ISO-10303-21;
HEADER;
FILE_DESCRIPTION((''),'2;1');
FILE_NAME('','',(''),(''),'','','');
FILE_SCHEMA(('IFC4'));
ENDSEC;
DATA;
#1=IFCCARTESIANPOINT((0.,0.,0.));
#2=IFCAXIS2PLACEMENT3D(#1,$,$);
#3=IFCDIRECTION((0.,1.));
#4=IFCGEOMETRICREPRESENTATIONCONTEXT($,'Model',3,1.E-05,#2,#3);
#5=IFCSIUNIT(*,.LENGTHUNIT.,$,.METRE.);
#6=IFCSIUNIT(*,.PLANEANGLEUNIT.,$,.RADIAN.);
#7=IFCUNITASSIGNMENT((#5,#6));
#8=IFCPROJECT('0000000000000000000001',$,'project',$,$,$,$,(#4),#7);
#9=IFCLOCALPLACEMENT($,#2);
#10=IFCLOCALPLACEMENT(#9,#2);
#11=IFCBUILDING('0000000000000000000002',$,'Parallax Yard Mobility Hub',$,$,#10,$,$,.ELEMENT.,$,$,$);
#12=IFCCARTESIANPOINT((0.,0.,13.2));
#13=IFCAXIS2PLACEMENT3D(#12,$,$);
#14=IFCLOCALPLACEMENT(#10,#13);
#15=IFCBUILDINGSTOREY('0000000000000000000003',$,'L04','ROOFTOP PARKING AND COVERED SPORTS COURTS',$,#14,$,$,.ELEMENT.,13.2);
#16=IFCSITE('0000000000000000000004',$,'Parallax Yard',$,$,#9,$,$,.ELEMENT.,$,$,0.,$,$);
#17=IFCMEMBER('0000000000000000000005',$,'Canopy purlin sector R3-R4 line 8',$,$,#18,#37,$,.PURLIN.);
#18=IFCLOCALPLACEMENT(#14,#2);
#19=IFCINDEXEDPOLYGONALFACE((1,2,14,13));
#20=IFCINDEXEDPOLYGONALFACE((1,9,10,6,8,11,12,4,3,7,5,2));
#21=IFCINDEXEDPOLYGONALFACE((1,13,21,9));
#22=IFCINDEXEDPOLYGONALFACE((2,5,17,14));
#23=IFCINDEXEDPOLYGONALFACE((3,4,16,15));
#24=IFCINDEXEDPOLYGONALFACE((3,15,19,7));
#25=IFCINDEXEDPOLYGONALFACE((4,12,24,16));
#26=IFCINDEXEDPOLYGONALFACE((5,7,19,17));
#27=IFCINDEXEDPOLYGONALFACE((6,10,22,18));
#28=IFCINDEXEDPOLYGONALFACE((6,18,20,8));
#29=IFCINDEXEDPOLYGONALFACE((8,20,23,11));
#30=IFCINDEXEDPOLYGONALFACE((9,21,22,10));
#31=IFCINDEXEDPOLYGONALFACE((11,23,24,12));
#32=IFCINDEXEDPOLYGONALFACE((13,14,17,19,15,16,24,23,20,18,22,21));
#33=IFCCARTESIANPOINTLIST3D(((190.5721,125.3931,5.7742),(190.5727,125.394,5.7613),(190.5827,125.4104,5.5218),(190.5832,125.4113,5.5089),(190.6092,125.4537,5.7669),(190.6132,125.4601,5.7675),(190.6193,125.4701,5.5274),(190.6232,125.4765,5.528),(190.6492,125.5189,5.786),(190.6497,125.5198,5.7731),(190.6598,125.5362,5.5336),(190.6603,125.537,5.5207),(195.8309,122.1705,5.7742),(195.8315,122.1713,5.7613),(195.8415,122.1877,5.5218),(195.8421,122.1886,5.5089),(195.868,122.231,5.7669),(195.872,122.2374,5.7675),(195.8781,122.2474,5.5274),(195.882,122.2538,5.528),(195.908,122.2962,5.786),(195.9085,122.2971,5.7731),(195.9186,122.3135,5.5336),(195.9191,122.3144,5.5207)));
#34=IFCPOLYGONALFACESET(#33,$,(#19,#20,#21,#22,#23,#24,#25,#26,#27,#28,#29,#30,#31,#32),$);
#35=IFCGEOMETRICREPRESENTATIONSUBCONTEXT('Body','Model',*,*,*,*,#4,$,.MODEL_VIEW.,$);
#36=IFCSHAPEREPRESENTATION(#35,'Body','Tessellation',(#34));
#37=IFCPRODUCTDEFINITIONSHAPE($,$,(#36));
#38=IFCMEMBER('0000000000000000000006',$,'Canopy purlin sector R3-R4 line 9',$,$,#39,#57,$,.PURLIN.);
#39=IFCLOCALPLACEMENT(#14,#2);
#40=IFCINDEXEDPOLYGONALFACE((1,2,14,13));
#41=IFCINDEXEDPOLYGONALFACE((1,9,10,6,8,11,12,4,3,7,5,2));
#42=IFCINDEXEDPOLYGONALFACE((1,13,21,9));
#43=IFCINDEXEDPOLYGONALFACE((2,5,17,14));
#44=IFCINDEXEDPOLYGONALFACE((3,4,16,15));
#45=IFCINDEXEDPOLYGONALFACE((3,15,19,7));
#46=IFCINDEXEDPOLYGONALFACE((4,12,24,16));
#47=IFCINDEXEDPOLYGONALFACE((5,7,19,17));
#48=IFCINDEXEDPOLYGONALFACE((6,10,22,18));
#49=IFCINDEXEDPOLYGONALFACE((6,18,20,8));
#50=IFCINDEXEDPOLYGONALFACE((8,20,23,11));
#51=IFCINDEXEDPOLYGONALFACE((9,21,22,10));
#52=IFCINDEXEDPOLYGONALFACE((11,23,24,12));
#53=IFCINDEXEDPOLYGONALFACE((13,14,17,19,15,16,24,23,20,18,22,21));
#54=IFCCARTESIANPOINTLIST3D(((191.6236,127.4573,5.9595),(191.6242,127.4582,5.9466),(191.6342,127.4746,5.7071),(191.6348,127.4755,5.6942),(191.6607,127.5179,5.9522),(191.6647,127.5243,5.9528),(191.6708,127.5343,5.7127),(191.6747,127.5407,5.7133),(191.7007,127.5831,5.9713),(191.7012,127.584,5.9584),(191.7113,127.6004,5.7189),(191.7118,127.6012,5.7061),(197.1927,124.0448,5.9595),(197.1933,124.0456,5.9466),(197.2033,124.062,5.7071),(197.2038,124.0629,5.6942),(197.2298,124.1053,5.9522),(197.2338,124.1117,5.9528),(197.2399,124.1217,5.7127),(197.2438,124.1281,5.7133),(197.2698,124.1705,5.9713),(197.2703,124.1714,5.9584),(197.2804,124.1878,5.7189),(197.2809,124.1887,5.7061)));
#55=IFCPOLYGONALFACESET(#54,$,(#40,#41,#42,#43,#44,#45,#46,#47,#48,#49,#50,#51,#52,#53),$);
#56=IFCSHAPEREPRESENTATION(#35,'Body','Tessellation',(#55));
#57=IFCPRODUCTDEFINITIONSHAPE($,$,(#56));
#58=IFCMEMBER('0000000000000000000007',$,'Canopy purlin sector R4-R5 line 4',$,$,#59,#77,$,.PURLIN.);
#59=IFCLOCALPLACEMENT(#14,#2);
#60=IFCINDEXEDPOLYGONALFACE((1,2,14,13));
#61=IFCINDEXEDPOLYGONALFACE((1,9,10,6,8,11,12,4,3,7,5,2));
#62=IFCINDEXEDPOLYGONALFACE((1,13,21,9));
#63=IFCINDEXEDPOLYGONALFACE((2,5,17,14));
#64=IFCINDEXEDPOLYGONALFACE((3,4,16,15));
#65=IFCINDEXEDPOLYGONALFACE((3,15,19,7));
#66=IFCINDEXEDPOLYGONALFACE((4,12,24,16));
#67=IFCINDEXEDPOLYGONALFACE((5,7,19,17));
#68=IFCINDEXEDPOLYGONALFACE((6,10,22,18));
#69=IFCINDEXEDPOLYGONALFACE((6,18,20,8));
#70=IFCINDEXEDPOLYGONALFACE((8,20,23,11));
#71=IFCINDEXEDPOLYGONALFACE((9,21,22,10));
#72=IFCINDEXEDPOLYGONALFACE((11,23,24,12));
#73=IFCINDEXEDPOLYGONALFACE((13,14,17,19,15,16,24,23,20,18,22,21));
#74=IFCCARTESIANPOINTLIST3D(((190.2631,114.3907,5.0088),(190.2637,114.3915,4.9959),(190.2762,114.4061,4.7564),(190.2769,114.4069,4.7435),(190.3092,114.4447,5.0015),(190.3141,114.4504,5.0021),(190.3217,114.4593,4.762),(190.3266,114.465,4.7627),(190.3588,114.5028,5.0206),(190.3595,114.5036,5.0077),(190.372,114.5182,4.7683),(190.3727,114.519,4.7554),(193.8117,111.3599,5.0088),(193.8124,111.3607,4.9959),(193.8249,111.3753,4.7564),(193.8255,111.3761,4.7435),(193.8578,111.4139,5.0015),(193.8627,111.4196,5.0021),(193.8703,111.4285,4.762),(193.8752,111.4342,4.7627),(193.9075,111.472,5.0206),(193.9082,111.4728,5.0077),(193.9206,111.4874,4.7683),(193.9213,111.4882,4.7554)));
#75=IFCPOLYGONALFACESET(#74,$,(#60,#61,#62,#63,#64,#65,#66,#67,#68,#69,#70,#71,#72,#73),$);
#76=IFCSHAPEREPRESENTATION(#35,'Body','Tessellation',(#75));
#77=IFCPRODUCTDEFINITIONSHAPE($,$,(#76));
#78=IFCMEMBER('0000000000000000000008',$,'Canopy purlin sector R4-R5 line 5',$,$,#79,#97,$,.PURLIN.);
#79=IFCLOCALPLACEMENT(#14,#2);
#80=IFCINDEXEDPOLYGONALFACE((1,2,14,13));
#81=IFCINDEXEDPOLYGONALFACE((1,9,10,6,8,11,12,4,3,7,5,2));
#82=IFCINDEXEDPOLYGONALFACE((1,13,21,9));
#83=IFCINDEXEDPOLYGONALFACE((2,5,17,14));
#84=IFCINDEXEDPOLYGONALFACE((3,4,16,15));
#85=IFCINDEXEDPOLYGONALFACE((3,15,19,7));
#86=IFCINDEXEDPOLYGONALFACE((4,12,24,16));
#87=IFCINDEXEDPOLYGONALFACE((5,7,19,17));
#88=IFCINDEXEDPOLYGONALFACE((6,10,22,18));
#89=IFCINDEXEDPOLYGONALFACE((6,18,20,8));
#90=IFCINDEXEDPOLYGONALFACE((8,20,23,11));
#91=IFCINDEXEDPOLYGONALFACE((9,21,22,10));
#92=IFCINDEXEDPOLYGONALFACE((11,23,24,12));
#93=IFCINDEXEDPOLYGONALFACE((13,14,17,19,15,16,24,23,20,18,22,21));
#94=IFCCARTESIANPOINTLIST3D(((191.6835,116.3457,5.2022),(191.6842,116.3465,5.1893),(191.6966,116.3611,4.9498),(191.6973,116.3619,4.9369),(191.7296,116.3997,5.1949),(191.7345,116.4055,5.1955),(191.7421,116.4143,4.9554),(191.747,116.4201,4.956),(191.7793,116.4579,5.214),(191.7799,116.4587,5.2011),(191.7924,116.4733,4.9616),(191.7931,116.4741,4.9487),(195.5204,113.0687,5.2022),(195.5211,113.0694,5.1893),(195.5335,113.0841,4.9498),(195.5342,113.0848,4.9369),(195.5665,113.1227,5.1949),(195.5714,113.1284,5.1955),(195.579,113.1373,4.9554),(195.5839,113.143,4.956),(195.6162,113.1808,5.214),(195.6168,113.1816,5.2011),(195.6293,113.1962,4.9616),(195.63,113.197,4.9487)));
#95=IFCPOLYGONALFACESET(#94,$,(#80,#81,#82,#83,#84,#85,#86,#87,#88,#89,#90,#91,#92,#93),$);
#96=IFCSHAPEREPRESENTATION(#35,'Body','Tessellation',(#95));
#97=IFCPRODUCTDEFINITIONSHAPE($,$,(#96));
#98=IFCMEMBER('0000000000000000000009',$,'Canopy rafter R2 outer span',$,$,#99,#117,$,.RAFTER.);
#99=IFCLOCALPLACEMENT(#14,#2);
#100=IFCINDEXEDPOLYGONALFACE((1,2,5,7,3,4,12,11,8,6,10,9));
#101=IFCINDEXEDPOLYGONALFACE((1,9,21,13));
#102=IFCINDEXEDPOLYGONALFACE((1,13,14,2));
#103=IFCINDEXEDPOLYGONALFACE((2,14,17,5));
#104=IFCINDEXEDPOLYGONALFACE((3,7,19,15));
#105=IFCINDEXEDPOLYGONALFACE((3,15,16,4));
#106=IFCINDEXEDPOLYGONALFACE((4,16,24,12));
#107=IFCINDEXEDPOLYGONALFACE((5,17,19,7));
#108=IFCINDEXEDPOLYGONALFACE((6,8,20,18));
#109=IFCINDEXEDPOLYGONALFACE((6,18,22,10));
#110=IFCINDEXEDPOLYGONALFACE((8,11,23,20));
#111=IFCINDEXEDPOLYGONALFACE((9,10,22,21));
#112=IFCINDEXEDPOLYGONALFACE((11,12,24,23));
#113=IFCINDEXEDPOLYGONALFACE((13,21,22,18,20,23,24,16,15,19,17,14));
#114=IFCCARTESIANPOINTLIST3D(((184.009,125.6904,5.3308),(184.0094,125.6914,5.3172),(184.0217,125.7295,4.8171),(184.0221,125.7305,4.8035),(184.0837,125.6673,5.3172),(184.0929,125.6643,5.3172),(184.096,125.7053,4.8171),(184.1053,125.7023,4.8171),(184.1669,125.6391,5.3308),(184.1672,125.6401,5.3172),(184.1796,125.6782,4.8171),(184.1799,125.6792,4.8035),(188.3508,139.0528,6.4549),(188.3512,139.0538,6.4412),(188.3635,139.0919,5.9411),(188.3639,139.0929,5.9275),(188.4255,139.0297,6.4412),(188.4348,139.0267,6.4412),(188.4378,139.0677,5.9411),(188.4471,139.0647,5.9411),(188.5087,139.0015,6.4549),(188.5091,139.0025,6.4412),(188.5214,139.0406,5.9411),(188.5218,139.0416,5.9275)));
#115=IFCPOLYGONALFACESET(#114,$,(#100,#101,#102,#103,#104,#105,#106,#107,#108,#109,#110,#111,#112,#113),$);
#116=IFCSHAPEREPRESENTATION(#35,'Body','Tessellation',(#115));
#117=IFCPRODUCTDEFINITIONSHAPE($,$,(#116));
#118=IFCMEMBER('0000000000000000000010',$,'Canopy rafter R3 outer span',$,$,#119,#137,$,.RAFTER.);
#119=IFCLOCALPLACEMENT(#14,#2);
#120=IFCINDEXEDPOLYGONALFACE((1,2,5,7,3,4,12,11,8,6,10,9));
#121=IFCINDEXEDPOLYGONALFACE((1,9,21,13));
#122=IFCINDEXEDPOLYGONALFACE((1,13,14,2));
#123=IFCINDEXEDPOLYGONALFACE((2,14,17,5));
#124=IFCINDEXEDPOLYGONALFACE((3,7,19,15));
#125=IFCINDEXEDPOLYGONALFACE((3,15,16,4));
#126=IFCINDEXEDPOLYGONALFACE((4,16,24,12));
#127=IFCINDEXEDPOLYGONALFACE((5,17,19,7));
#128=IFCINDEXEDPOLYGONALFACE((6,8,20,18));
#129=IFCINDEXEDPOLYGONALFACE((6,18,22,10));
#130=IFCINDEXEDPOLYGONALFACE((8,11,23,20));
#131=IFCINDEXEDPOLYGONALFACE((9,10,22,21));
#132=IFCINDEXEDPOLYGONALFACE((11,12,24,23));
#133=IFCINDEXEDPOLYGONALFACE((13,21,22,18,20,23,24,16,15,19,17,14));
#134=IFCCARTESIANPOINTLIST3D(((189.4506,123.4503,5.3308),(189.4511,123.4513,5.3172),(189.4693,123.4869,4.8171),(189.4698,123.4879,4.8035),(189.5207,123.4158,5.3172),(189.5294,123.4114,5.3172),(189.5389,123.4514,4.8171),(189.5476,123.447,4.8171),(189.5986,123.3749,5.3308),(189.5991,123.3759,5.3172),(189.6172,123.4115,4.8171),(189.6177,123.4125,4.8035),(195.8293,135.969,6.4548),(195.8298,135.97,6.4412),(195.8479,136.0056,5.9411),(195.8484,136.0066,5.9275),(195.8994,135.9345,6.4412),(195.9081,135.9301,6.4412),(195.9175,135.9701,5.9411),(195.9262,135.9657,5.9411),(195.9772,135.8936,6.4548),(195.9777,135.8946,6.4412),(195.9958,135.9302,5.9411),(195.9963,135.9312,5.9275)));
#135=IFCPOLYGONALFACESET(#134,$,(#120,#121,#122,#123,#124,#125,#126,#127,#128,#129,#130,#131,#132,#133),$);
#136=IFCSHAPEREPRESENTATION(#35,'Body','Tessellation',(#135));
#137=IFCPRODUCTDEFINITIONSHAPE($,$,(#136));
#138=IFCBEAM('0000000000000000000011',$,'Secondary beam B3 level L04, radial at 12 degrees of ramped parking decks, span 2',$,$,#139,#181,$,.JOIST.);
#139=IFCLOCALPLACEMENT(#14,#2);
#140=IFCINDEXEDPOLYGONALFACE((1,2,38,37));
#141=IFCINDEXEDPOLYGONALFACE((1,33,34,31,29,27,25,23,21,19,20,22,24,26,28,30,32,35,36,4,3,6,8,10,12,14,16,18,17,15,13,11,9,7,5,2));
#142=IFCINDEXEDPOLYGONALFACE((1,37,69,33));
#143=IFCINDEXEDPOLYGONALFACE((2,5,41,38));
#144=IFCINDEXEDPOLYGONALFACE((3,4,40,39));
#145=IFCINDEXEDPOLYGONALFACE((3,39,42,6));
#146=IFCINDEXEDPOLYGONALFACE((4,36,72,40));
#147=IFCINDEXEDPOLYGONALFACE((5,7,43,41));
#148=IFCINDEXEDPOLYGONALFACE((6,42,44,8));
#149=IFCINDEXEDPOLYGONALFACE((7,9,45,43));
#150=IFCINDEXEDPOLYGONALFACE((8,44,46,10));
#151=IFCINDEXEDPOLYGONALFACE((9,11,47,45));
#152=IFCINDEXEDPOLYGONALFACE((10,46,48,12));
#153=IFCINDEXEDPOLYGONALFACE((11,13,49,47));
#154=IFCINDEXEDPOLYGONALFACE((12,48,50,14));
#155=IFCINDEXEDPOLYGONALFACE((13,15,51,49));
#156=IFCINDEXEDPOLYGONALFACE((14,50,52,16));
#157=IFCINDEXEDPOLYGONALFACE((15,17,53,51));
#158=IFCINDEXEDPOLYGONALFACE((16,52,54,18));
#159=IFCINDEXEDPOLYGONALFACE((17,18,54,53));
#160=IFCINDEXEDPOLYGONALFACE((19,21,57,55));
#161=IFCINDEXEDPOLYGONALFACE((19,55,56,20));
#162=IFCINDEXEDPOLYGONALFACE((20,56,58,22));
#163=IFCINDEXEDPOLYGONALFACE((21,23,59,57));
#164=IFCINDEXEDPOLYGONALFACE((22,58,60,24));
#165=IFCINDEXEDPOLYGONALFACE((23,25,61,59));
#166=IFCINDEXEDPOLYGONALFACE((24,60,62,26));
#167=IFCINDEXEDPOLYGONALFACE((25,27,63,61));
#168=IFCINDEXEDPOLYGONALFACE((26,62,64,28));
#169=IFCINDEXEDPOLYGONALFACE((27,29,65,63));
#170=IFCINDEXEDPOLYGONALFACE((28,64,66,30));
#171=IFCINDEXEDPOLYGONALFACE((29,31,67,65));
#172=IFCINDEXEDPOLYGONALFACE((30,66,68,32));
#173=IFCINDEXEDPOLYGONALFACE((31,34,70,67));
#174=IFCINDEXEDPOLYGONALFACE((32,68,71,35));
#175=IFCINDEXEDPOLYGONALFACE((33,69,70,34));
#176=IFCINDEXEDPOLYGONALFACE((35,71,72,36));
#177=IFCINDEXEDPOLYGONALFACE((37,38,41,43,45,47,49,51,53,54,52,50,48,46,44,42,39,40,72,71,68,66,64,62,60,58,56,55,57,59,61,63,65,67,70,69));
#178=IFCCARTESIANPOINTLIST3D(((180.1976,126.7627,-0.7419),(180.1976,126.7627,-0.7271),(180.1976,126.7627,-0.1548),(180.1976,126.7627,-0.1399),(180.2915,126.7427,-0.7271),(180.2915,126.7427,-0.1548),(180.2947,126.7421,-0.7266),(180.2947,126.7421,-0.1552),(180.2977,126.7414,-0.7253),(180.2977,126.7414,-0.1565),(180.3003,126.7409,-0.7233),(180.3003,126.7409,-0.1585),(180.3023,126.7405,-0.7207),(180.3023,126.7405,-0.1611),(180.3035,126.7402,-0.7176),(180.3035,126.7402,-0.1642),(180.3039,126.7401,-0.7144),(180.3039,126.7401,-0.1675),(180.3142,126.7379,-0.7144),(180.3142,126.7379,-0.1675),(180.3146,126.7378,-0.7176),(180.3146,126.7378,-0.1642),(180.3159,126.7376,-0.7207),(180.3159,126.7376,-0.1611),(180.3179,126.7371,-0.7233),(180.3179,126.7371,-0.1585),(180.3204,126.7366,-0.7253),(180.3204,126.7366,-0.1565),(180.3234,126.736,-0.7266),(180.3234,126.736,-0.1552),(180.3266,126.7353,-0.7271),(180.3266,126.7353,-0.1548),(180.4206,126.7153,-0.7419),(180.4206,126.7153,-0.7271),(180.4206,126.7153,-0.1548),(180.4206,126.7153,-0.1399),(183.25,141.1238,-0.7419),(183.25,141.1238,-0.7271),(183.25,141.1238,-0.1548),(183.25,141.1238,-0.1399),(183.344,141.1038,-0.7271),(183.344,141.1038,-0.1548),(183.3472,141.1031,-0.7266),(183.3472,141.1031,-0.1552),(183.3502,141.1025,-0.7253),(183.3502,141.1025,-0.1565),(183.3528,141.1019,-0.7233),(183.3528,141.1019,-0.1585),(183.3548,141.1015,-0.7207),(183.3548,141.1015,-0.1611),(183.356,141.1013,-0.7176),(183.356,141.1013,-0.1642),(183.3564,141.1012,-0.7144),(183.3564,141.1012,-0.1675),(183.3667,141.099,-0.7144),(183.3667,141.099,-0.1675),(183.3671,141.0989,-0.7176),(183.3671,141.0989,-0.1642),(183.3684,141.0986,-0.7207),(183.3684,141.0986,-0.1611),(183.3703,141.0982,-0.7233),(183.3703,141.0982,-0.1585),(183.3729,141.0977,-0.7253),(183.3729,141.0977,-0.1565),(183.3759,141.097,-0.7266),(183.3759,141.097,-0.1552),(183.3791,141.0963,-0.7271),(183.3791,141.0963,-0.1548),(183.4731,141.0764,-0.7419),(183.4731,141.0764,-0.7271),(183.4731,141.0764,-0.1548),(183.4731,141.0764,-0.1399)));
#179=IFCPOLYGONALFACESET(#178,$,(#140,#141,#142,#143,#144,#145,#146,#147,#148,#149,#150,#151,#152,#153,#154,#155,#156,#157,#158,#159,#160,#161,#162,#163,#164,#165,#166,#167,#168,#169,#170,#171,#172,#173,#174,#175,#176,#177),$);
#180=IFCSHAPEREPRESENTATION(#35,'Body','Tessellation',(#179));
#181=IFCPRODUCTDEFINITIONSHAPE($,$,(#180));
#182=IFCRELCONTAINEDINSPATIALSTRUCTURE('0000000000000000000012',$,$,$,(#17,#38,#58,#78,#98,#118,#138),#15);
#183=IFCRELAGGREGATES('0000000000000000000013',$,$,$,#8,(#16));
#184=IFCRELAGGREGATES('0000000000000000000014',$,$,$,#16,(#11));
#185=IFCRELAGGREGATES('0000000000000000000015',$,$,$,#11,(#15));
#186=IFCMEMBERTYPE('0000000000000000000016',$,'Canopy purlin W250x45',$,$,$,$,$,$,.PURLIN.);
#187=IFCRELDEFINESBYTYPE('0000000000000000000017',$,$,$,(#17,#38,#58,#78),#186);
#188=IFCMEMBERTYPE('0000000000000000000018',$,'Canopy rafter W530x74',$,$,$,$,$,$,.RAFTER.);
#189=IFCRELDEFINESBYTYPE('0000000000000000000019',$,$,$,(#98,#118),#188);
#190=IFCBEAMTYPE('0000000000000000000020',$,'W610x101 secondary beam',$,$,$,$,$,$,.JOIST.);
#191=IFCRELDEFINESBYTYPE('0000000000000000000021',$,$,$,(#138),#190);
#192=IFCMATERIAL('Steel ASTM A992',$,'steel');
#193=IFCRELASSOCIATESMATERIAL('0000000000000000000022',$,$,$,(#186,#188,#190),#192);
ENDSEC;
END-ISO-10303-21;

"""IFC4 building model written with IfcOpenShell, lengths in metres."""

from ifc_helpers import new_model, si_unit, direction, frame, origin, origin_2d, place, context, subcontext, project, spatial, i_section, extrude, material, material_profile, profile_set, type_object, element, save


model = new_model("IFC4")

# Units and contexts
model_context = context("Model", 3, precision=1e-05, world=origin(), true_north=direction((0.0, 1.0)))
body_context = subcontext(model_context, "Body", "Model", "MODEL_VIEW")
ifc_project = project(units=[si_unit("LENGTHUNIT", "METRE"), si_unit("PLANEANGLEUNIT", "RADIAN")], contexts=[model_context])

# Site, building, storey
site_placement = place(None, origin())
site = spatial("IfcSite", under=ifc_project, at=site_placement, Name="Parallax Yard", CompositionType="ELEMENT", RefElevation=0.0)
building_placement = place(site_placement, origin())
building = spatial("IfcBuilding", under=site, at=building_placement, Name="Parallax Yard Mobility Hub", CompositionType="ELEMENT")
storey_placement = place(building_placement, frame((0.0, 0.0, 13.2)))
storey = spatial("IfcBuildingStorey", under=building, at=storey_placement, Name="L04", Description="ROOFTOP PARKING AND COVERED SPORTS COURTS", CompositionType="ELEMENT", Elevation=13.2)

# Members
ifc_material_1 = material(Name="Steel ASTM A992", Category="steel")
ifc_material_profile_1 = material_profile(ifc_material_1, i_section(OverallWidth=0.1479, OverallDepth=0.2661, WebThickness=0.0076, FlangeThickness=0.0129, at=origin_2d()), Name="W250x45")
ifc_profile_set_1 = profile_set([ifc_material_profile_1], Name="Steel ASTM A992")
member_type_1 = type_object("IfcMemberType", Name="Canopy purlin W250x45", PredefinedType="PURLIN", material=ifc_profile_set_1)
member_1_placement = place(storey_placement, frame((190.6162, 125.4651, 5.6475), z_axis=(0.852635, -0.522506, 0.0), x_axis=(0.520832, 0.849903, 0.07999)))
element("IfcMember", 1, at=member_1_placement, inside=storey, type_object=member_type_1, Name="Canopy purlin sector R3-R4 line 8", PredefinedType="PURLIN", context=body_context, shape_type="SweptSolid", body=[
    extrude(i_section(OverallWidth=0.1479, OverallDepth=0.2661, WebThickness=0.0076, FlangeThickness=0.0129, at=origin_2d()), origin(), (0.0, 0.0, 1.0), 6.1677),
])
member_2_placement = place(storey_placement, frame((191.6677, 127.5293, 5.8328), z_axis=(0.85265, -0.522482, 0.0), x_axis=(0.520808, 0.849918, 0.07999)))
element("IfcMember", 2, at=member_2_placement, inside=storey, type_object=member_type_1, Name="Canopy purlin sector R3-R4 line 9", PredefinedType="PURLIN", context=body_context, shape_type="SweptSolid", body=[
    extrude(i_section(OverallWidth=0.1479, OverallDepth=0.2661, WebThickness=0.0076, FlangeThickness=0.0129, at=origin_2d()), origin(), (0.0, 0.0, 1.0), 6.5315),
])
member_3_placement = place(storey_placement, frame((190.3179, 114.4548, 4.8821), z_axis=(0.760408, -0.649446, 0.0), x_axis=(0.647365, 0.757971, 0.07999)))
element("IfcMember", 3, at=member_3_placement, inside=storey, type_object=member_type_1, Name="Canopy purlin sector R4-R5 line 4", PredefinedType="PURLIN", context=body_context, shape_type="SweptSolid", body=[
    extrude(i_section(OverallWidth=0.1479, OverallDepth=0.2661, WebThickness=0.0076, FlangeThickness=0.0129, at=origin_2d()), origin(), (0.0, 0.0, 1.0), 4.6667),
])
member_4_placement = place(storey_placement, frame((191.7383, 116.4099, 5.0754), z_axis=(0.7604, -0.649456, 0.0), x_axis=(0.647374, 0.757963, 0.07999)))
element("IfcMember", 4, at=member_4_placement, inside=storey, type_object=member_type_1, Name="Canopy purlin sector R4-R5 line 5", PredefinedType="PURLIN", context=body_context, shape_type="SweptSolid", body=[
    extrude(i_section(OverallWidth=0.1479, OverallDepth=0.2661, WebThickness=0.0076, FlangeThickness=0.0129, at=origin_2d()), origin(), (0.0, 0.0, 1.0), 5.0459),
])
ifc_material_profile_2 = material_profile(ifc_material_1, i_section(OverallWidth=0.166, OverallDepth=0.5291, WebThickness=0.0098, FlangeThickness=0.0137, at=origin_2d()), Name="W530x74")
ifc_profile_set_2 = profile_set([ifc_material_profile_2], Name="Steel ASTM A992")
member_type_2 = type_object("IfcMemberType", Name="Canopy rafter W530x74", PredefinedType="RAFTER", material=ifc_profile_set_2)
for number, where, z_axis, x_axis, name in (
    (5, (184.0945, 125.6848, 5.0671), (0.308041, 0.948025, 0.079747), (-0.951054, 0.309025, 0.0), "Canopy rafter R2 outer span"),
    (6, (189.5342, 123.4314, 5.0671), (0.452546, 0.888168, 0.079746), (-0.891006, 0.453991, 0.0), "Canopy rafter R3 outer span"),
):
    element("IfcMember", number, at=place(storey_placement, frame(where, z_axis=z_axis, x_axis=x_axis)), inside=storey, type_object=member_type_2, Name=name, PredefinedType="RAFTER", context=body_context, shape_type="SweptSolid", body=[
        extrude(i_section(OverallWidth=0.166, OverallDepth=0.5291, WebThickness=0.0098, FlangeThickness=0.0137, at=origin_2d()), origin(), (0.0, 0.0, 1.0), 14.095),
    ])

# Beam
ifc_material_profile_3 = material_profile(ifc_material_1, i_section(OverallWidth=0.228, OverallDepth=0.6021, WebThickness=0.0105, FlangeThickness=0.0149, FilletRadius=0.0127, at=origin_2d()), Name="W610x101")
ifc_profile_set_3 = profile_set([ifc_material_profile_3], Name="Steel ASTM A992")
beam_type_1 = type_object("IfcBeamType", Name="W610x101 secondary beam", PredefinedType="JOIST", material=ifc_profile_set_3)
for number, where, z_axis, x_axis, name in (
    (7, (180.3091, 126.739, -0.4409), (0.207908, 0.978148, 0.0), (-0.978148, 0.207908, 0.0), "Secondary beam B3 level L04, radial at 12 degrees of ramped parking decks, span 2"),
):
    element("IfcBeam", number, at=place(storey_placement, frame(where, z_axis=z_axis, x_axis=x_axis)), inside=storey, type_object=beam_type_1, Name=name, PredefinedType="JOIST", context=body_context, shape_type="SweptSolid", body=[
        extrude(i_section(OverallWidth=0.228, OverallDepth=0.6021, WebThickness=0.0105, FlangeThickness=0.0149, FilletRadius=0.0127, at=origin_2d()), origin(), (0.0, 0.0, 1.0), 14.6819),
    ])

save(model, "model.ifc")
